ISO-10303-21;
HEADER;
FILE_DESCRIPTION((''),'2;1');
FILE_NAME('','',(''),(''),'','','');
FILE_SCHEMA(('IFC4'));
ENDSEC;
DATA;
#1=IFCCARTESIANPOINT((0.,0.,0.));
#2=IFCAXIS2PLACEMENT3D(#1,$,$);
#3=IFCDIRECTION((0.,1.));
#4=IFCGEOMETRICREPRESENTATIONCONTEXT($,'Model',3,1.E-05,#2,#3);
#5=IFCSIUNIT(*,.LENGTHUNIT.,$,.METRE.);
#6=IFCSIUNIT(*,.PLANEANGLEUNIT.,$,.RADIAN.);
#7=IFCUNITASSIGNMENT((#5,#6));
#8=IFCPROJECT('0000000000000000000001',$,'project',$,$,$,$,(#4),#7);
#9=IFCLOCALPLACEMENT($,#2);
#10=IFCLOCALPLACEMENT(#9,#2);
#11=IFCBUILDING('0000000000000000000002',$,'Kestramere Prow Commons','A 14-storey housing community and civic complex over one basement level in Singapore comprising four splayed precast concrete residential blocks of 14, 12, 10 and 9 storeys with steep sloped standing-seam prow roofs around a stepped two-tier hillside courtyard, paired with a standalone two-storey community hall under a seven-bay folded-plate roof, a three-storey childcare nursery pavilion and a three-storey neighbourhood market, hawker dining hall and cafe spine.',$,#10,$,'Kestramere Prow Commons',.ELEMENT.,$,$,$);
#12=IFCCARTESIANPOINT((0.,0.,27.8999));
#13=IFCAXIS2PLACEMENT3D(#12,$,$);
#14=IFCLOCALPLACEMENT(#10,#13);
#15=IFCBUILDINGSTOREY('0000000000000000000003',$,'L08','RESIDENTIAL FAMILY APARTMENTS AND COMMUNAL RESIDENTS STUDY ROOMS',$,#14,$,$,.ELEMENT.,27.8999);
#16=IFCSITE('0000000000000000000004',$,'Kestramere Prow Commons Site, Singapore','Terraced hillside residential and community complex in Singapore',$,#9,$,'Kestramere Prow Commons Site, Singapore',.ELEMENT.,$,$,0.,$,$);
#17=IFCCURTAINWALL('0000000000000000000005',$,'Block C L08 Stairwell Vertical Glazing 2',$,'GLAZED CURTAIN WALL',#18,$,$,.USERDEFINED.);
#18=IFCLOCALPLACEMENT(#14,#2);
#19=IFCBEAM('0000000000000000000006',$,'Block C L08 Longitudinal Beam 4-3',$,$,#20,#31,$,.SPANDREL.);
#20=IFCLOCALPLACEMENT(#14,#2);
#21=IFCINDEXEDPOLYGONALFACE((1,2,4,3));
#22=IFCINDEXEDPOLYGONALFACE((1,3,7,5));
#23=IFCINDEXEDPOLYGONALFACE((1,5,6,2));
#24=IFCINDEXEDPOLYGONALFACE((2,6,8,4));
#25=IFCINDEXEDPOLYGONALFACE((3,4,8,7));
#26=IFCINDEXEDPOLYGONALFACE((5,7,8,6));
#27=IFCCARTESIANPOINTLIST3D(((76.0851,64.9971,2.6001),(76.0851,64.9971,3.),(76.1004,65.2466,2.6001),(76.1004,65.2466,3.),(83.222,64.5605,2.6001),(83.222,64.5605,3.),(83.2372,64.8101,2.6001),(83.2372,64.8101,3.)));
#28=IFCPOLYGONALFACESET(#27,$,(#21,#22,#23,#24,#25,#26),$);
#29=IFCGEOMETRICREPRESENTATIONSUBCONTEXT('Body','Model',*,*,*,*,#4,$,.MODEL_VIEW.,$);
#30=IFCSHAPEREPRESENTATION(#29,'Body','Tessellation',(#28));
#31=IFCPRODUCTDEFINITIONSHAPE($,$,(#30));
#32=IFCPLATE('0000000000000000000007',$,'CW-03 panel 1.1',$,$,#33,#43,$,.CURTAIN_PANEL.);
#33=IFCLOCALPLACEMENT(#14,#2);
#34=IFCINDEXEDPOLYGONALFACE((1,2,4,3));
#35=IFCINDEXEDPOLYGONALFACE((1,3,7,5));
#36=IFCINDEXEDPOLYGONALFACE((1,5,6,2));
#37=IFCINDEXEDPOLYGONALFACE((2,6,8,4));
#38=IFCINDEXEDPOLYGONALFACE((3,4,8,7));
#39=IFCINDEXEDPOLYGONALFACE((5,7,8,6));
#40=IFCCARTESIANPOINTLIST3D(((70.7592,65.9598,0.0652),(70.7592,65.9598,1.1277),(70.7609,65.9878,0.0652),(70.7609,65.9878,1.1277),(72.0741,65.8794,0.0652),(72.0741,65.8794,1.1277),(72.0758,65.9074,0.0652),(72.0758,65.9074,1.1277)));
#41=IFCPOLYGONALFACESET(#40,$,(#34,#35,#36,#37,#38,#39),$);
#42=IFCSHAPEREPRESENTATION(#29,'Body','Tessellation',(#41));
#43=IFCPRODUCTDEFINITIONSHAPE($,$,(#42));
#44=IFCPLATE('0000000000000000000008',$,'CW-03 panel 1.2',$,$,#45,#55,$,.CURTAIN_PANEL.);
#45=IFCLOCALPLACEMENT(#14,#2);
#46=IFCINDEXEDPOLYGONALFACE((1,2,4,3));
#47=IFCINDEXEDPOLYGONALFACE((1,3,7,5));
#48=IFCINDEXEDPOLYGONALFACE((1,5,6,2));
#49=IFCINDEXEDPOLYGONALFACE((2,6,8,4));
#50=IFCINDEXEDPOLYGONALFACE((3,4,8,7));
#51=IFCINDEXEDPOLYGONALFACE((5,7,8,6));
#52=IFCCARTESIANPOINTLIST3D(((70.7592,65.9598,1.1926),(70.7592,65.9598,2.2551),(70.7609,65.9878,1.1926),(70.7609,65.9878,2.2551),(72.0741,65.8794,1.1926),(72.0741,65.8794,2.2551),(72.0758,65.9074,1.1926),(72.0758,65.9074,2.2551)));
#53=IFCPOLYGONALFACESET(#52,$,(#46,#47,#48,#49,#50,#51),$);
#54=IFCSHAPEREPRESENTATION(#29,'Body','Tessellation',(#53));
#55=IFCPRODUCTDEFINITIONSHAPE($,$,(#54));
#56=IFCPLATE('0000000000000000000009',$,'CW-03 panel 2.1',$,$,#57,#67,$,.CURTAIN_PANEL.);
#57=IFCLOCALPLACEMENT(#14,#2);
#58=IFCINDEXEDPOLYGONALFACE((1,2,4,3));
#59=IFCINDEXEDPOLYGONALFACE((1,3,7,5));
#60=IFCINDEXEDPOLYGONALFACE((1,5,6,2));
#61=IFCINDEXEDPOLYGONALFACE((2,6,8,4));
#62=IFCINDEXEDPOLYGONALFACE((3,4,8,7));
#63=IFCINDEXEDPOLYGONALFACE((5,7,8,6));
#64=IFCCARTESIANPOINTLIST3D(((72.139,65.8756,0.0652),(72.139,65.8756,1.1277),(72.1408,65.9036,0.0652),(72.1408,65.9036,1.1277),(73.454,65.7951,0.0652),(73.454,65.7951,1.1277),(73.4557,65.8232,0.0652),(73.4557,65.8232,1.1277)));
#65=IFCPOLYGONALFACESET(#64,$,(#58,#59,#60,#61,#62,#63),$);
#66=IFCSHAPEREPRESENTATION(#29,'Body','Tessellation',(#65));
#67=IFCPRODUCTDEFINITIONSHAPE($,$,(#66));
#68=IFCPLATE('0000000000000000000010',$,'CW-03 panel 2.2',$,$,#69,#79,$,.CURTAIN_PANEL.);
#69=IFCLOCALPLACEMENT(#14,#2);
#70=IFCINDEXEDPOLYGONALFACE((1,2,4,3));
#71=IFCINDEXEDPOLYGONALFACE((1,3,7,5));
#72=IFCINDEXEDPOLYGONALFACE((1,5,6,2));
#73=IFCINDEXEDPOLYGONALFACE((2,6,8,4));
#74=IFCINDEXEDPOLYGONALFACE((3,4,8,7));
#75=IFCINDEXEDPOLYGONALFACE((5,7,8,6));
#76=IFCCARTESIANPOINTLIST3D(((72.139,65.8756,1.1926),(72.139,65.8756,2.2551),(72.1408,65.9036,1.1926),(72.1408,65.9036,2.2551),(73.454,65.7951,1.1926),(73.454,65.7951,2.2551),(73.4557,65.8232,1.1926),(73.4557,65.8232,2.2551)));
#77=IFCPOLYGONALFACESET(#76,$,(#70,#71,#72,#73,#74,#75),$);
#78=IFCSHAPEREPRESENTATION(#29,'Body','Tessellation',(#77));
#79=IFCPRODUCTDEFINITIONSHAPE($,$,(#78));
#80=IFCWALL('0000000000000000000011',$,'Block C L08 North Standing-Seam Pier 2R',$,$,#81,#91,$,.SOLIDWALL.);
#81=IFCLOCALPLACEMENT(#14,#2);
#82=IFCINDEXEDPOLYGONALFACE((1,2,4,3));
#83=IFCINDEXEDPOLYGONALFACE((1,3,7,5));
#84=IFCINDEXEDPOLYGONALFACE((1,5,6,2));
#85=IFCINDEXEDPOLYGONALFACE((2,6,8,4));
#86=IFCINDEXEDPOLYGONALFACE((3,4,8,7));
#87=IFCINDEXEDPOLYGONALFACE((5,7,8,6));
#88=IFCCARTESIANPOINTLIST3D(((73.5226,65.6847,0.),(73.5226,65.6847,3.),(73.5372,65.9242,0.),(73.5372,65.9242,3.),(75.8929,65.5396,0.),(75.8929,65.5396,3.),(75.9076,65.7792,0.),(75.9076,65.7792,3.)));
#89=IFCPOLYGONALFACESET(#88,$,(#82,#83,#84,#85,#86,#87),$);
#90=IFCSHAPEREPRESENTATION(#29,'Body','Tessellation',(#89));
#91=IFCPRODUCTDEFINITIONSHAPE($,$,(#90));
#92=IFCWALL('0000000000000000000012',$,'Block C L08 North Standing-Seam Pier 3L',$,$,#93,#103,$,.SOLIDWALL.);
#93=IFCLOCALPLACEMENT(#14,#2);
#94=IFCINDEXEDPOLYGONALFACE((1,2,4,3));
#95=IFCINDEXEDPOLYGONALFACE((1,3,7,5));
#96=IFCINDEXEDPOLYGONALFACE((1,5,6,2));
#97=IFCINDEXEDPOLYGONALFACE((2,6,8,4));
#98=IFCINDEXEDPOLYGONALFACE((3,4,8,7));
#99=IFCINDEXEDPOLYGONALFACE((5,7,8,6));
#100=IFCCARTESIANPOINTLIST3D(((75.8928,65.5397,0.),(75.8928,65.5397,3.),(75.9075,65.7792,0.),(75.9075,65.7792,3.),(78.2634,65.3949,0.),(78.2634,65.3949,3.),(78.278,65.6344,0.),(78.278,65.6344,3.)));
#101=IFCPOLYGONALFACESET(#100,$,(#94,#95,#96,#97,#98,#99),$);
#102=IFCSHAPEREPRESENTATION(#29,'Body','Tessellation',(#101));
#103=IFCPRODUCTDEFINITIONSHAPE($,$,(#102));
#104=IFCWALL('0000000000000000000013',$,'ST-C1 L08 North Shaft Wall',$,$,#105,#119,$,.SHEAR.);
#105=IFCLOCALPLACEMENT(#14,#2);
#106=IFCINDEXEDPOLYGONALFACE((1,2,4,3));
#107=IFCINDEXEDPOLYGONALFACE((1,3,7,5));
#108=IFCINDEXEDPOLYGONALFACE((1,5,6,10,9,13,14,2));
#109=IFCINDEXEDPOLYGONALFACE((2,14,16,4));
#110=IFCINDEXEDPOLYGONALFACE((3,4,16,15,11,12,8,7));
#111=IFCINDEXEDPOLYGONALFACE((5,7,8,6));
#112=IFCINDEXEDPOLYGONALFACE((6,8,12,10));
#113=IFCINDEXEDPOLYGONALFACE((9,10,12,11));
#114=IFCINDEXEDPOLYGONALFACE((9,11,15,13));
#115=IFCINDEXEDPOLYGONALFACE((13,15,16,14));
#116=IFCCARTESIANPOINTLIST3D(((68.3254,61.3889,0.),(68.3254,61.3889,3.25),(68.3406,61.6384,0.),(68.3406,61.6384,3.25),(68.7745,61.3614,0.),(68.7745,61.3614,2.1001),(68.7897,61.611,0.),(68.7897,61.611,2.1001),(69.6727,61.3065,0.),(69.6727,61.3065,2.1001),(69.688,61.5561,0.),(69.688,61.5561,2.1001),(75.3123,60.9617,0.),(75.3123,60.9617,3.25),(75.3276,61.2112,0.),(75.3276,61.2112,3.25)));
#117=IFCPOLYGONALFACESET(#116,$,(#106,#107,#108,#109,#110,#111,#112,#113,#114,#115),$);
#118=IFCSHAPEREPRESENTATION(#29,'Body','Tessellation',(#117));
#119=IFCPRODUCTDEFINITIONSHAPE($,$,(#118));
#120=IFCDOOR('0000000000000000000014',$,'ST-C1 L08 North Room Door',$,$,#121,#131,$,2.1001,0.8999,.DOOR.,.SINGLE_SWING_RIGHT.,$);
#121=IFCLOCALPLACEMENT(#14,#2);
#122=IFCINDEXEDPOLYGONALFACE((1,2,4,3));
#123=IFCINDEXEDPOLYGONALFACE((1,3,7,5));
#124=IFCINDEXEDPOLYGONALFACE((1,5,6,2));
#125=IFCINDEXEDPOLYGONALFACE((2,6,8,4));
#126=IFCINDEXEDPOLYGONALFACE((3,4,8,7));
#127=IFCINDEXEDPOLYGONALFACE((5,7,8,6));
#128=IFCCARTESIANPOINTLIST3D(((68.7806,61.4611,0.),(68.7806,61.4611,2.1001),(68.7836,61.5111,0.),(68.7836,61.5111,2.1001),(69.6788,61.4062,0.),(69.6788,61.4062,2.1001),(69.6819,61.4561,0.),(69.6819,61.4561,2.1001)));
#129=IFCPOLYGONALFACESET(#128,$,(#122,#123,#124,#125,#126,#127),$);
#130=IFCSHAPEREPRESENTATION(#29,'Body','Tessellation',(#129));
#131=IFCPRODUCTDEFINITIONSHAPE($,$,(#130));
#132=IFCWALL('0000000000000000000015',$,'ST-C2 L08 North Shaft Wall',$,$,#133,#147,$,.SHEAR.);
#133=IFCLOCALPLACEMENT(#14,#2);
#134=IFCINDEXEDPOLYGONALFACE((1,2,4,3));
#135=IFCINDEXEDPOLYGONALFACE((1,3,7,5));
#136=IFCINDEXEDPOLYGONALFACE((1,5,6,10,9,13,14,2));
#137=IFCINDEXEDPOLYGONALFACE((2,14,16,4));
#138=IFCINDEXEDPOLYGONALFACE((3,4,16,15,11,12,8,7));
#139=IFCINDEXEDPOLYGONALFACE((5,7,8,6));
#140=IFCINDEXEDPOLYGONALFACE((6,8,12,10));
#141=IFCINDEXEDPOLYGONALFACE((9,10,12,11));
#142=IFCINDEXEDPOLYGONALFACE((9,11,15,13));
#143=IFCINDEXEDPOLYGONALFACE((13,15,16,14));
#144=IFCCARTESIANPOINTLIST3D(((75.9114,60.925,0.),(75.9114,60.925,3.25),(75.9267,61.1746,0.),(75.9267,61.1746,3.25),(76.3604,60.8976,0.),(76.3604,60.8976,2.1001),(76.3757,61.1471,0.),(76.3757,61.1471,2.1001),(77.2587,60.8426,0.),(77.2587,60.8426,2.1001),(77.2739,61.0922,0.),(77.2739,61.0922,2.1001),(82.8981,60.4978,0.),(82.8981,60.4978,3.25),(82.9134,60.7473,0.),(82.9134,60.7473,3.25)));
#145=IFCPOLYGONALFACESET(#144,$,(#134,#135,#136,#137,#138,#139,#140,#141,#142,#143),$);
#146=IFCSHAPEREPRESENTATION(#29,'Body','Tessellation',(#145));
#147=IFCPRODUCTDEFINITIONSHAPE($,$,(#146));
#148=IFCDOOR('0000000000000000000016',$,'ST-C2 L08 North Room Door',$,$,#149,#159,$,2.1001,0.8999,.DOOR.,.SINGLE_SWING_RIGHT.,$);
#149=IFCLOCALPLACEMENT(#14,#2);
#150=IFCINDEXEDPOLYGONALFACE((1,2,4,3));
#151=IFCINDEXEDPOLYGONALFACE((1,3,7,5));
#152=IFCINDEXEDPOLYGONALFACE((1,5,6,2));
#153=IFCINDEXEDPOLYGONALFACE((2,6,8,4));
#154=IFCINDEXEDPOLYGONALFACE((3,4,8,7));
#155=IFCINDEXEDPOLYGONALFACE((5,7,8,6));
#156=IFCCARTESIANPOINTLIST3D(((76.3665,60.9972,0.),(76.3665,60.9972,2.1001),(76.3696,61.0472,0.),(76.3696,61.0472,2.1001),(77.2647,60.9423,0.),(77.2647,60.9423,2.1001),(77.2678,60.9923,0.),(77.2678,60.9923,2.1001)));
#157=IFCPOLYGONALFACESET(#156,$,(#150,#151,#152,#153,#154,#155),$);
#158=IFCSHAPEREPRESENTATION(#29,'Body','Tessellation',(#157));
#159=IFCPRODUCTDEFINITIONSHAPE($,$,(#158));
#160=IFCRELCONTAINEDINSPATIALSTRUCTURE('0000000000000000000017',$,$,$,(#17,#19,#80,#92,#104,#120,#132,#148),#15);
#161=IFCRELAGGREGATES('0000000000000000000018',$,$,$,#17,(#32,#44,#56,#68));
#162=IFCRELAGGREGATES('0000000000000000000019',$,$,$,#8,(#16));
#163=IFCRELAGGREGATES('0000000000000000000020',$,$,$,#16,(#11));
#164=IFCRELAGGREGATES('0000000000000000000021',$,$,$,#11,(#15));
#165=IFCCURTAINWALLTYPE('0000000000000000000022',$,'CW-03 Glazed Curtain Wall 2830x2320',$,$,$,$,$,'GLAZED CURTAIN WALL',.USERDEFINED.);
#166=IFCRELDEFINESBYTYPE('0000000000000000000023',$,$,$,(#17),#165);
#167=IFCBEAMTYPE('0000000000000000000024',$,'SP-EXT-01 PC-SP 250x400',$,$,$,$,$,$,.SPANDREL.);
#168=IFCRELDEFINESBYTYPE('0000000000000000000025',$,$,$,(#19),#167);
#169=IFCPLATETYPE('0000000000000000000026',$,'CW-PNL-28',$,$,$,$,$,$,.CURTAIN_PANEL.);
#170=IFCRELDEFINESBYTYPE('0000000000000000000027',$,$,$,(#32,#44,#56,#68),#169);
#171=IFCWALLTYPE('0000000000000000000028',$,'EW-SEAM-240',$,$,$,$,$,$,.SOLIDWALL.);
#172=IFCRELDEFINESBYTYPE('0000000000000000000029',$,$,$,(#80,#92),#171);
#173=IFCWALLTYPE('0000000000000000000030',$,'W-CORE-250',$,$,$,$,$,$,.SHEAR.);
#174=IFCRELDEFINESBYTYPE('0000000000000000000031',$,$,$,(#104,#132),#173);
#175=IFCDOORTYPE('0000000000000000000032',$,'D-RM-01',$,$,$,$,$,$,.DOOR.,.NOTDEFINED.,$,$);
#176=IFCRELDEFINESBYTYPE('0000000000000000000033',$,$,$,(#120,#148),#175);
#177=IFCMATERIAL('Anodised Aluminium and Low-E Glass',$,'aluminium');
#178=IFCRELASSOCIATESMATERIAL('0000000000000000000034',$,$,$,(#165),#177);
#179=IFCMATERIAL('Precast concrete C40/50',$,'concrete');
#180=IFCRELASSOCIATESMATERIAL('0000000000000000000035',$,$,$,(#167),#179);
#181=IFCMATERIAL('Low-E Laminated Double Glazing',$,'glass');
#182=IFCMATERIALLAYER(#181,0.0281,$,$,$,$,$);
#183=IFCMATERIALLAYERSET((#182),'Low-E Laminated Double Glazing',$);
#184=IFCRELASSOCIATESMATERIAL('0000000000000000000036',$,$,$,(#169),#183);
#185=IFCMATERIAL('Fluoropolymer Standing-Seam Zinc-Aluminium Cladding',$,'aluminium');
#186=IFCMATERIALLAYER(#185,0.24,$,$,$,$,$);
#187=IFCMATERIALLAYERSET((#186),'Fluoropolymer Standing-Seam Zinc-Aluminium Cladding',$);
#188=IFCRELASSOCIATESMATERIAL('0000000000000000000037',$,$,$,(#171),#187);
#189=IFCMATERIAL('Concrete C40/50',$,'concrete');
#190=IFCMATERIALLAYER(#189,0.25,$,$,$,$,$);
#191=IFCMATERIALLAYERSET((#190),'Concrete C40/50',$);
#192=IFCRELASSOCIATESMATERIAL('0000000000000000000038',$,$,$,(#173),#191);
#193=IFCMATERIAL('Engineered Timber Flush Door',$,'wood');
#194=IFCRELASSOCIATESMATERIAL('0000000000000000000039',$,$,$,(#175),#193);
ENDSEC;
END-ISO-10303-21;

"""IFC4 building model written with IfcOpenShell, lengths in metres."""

from ifc_helpers import new_model, si_unit, direction, frame, frame_2d, origin, origin_2d, place, context, subcontext, project, spatial, rectangle, extrude, material, layer, layer_set, material_profile, profile_set, type_object, element, fill, aggregate, save


model = new_model("IFC4")

# Units and contexts
model_context = context("Model", 3, precision=1e-05, world=origin(), true_north=direction((0.0, 1.0)))
body_context = subcontext(model_context, "Body", "Model", "MODEL_VIEW")
ifc_project = project(units=[si_unit("LENGTHUNIT", "METRE"), si_unit("PLANEANGLEUNIT", "RADIAN")], contexts=[model_context])

# Site, building, storey
site_placement = place(None, origin())
site = spatial("IfcSite", under=ifc_project, at=site_placement, Name="Kestramere Prow Commons Site, Singapore", Description="Terraced hillside residential and community complex in Singapore", LongName="Kestramere Prow Commons Site, Singapore", CompositionType="ELEMENT", RefElevation=0.0)
building_placement = place(site_placement, origin())
building = spatial("IfcBuilding", under=site, at=building_placement, Name="Kestramere Prow Commons", Description="A 14-storey housing community and civic complex over one basement level in Singapore comprising four splayed precast concrete residential blocks of 14, 12, 10 and 9 storeys with steep sloped standing-seam prow roofs around a stepped two-tier hillside courtyard, paired with a standalone two-storey community hall under a seven-bay folded-plate roof, a three-storey childcare nursery pavilion and a three-storey neighbourhood market, hawker dining hall and cafe spine.", LongName="Kestramere Prow Commons", CompositionType="ELEMENT")
storey_placement = place(building_placement, frame((0.0, 0.0, 27.8999)))
storey = spatial("IfcBuildingStorey", under=building, at=storey_placement, Name="L08", Description="RESIDENTIAL FAMILY APARTMENTS AND COMMUNAL RESIDENTS STUDY ROOMS", CompositionType="ELEMENT", Elevation=27.8999)

# Shared definitions
ifc_material_1 = material(Name="Precast concrete C40/50", Category="concrete")

# Curtain wall
ifc_material_2 = material(Name="Anodised Aluminium and Low-E Glass", Category="aluminium")
curtain_wall_type = type_object("IfcCurtainWallType", Name="CW-03 Glazed Curtain Wall 2830x2320", ElementType="GLAZED CURTAIN WALL", PredefinedType="USERDEFINED", material=ifc_material_2)
curtain_wall_placement = place(storey_placement, origin())
curtain_wall = element("IfcCurtainWall", 1, at=curtain_wall_placement, inside=storey, type_object=curtain_wall_type, Name="Block C L08 Stairwell Vertical Glazing 2", ObjectType="GLAZED CURTAIN WALL", PredefinedType="USERDEFINED")

# Beam
ifc_material_profile_1 = material_profile(ifc_material_1, rectangle(XDim=0.25, YDim=0.3999, at=origin_2d()), Name="PC-SP 250x400")
ifc_profile_set_1 = profile_set([ifc_material_profile_1], Name="Precast concrete C40/50")
beam_type = type_object("IfcBeamType", Name="SP-EXT-01 PC-SP 250x400", PredefinedType="SPANDREL", material=ifc_profile_set_1)
for number, where, z_axis, x_axis, name in (
    (2, (76.0928, 65.1218, 2.8), (0.998135, -0.061052, 0.0), (0.061052, 0.998135, 0.0), "Block C L08 Longitudinal Beam 4-3"),
):
    element("IfcBeam", number, at=place(storey_placement, frame(where, z_axis=z_axis, x_axis=x_axis)), inside=storey, type_object=beam_type, Name=name, PredefinedType="SPANDREL", context=body_context, shape_type="SweptSolid", body=[
        extrude(rectangle(XDim=0.25, YDim=0.3999, at=origin_2d()), origin(), (0.0, 0.0, 1.0), 7.1501),
    ])

# Plates
ifc_material_3 = material(Name="Low-E Laminated Double Glazing", Category="glass")
ifc_layer_1 = layer(ifc_material_3, 0.0281)
ifc_layer_set_1 = layer_set([ifc_layer_1], Name="Low-E Laminated Double Glazing")
plate_type = type_object("IfcPlateType", Name="CW-PNL-28", PredefinedType="CURTAIN_PANEL", material=ifc_layer_set_1)
plate_1_placement = place(storey_placement, frame((71.4175, 65.9336, 0.0652), z_axis=(0.0, 0.0, 1.0), x_axis=(0.998135, -0.061048, 0.0)))
plate_1 = element("IfcPlate", 3, at=plate_1_placement, type_object=plate_type, Name="CW-03 panel 1.1", PredefinedType="CURTAIN_PANEL", context=body_context, shape_type="SweptSolid", body=[
    extrude(rectangle(XDim=1.3174, YDim=0.0281, at=origin_2d()), origin(), (0.0, 0.0, 1.0), 1.0625),
])
plate_2_placement = place(storey_placement, frame((71.4175, 65.9336, 1.1926), z_axis=(0.0, 0.0, 1.0), x_axis=(0.998135, -0.061048, 0.0)))
plate_2 = element("IfcPlate", 4, at=plate_2_placement, type_object=plate_type, Name="CW-03 panel 1.2", PredefinedType="CURTAIN_PANEL", context=body_context, shape_type="SweptSolid", body=[
    extrude(rectangle(XDim=1.3174, YDim=0.0281, at=origin_2d()), origin(), (0.0, 0.0, 1.0), 1.0625),
])
plate_3_placement = place(storey_placement, frame((72.7974, 65.8494, 0.0652), z_axis=(0.0, 0.0, 1.0), x_axis=(0.998135, -0.061048, 0.0)))
plate_3 = element("IfcPlate", 5, at=plate_3_placement, type_object=plate_type, Name="CW-03 panel 2.1", PredefinedType="CURTAIN_PANEL", context=body_context, shape_type="SweptSolid", body=[
    extrude(rectangle(XDim=1.3174, YDim=0.0281, at=origin_2d()), origin(), (0.0, 0.0, 1.0), 1.0625),
])
plate_4_placement = place(storey_placement, frame((72.7974, 65.8494, 1.1926), z_axis=(0.0, 0.0, 1.0), x_axis=(0.998135, -0.061048, 0.0)))
plate_4 = element("IfcPlate", 6, at=plate_4_placement, type_object=plate_type, Name="CW-03 panel 2.2", PredefinedType="CURTAIN_PANEL", context=body_context, shape_type="SweptSolid", body=[
    extrude(rectangle(XDim=1.3174, YDim=0.0281, at=origin_2d()), origin(), (0.0, 0.0, 1.0), 1.0625),
])
aggregate(curtain_wall, [plate_1, plate_2, plate_3, plate_4])

# Walls
ifc_material_4 = material(Name="Fluoropolymer Standing-Seam Zinc-Aluminium Cladding", Category="aluminium")
ifc_layer_2 = layer(ifc_material_4, 0.24)
ifc_layer_set_2 = layer_set([ifc_layer_2], Name="Fluoropolymer Standing-Seam Zinc-Aluminium Cladding")
wall_type_1 = type_object("IfcWallType", Name="EW-SEAM-240", PredefinedType="SOLIDWALL", material=ifc_layer_set_2)
wall_1_placement = place(storey_placement, frame((73.5298, 65.8044, 0.0), z_axis=(0.0, 0.0, 1.0), x_axis=(0.998134, -0.061066, 0.0)))
element("IfcWall", 7, at=wall_1_placement, inside=storey, type_object=wall_type_1, Name="Block C L08 North Standing-Seam Pier 2R", PredefinedType="SOLIDWALL", context=body_context, shape_type="SweptSolid", body=[
    extrude(rectangle(XDim=2.3748, YDim=0.24, at=frame_2d((1.1875, 0.0))), origin(), (0.0, 0.0, 1.0), 3.0),
])
wall_2_placement = place(storey_placement, frame((75.9001, 65.6594, 0.0), z_axis=(0.0, 0.0, 1.0), x_axis=(0.99814, -0.060957, 0.0)))
element("IfcWall", 8, at=wall_2_placement, inside=storey, type_object=wall_type_1, Name="Block C L08 North Standing-Seam Pier 3L", PredefinedType="SOLIDWALL", context=body_context, shape_type="SweptSolid", body=[
    extrude(rectangle(XDim=2.375, YDim=0.24, at=frame_2d((1.1875, 0.0))), origin(), (0.0, 0.0, 1.0), 3.0),
])

# Walls, openings, doors
ifc_material_5 = material(Name="Concrete C40/50", Category="concrete")
ifc_layer_3 = layer(ifc_material_5, 0.25)
ifc_layer_set_3 = layer_set([ifc_layer_3], Name="Concrete C40/50")
wall_type_2 = type_object("IfcWallType", Name="W-CORE-250", PredefinedType="SHEAR", material=ifc_layer_set_3)
wall_3_placement = place(storey_placement, frame((68.333, 61.5137, 0.0), z_axis=(0.0, 0.0, 1.0), x_axis=(0.998136, -0.061034, 0.0)))
wall_3 = element("IfcWall", 9, at=wall_3_placement, inside=storey, type_object=wall_type_2, Name="ST-C1 L08 North Shaft Wall", PredefinedType="SHEAR", context=body_context, shape_type="SweptSolid", body=[
    extrude(rectangle(XDim=7.0, YDim=0.25, at=frame_2d((3.5, 0.0))), origin(), (0.0, 0.0, 1.0), 3.25),
])
opening_1_placement = place(wall_3_placement, frame((0.45, 0.0, 0.0)))
opening_1 = element("IfcOpeningElement", 10, at=opening_1_placement, cuts=wall_3, PredefinedType="OPENING", context=body_context, shape_type="SweptSolid", body=[
    extrude(rectangle(XDim=0.8999, YDim=2.1001, at=frame_2d((0.45, 1.05))), frame((0.0, 0.1399, 0.0), z_axis=(0.0, -1.0, 0.0), x_axis=(1.0, 0.0, 0.0)), (0.0, 0.0, 1.0), 0.28),
])
ifc_material_6 = material(Name="Engineered Timber Flush Door", Category="wood")
door_type = type_object("IfcDoorType", Name="D-RM-01", OperationType="NOTDEFINED", PredefinedType="DOOR", material=ifc_material_6)
door_1_placement = place(opening_1_placement, origin())
door_1 = element("IfcDoor", 11, at=door_1_placement, inside=storey, type_object=door_type, Name="ST-C1 L08 North Room Door", OperationType="SINGLE_SWING_RIGHT", OverallHeight=2.1001, OverallWidth=0.8999, PredefinedType="DOOR", context=body_context, shape_type="SweptSolid", body=[
    extrude(rectangle(XDim=0.8999, YDim=2.1001, at=frame_2d((0.45, 1.05))), frame((0.0, 0.0249, 0.0), z_axis=(0.0, -1.0, 0.0), x_axis=(1.0, 0.0, 0.0)), (0.0, 0.0, 1.0), 0.05),
])
fill(opening_1, door_1)
wall_4_placement = place(storey_placement, frame((75.9189, 61.0498, 0.0), z_axis=(0.0, 0.0, 1.0), x_axis=(0.998136, -0.061036, 0.0)))
wall_4 = element("IfcWall", 12, at=wall_4_placement, inside=storey, type_object=wall_type_2, Name="ST-C2 L08 North Shaft Wall", PredefinedType="SHEAR", context=body_context, shape_type="SweptSolid", body=[
    extrude(rectangle(XDim=6.9998, YDim=0.25, at=frame_2d((3.5, 0.0))), origin(), (0.0, 0.0, 1.0), 3.25),
])
opening_2_placement = place(wall_4_placement, frame((0.45, 0.0, 0.0)))
opening_2 = element("IfcOpeningElement", 13, at=opening_2_placement, cuts=wall_4, PredefinedType="OPENING", context=body_context, shape_type="SweptSolid", body=[
    extrude(rectangle(XDim=0.8999, YDim=2.1001, at=frame_2d((0.45, 1.05))), frame((0.0, 0.1399, 0.0), z_axis=(0.0, -1.0, 0.0), x_axis=(1.0, 0.0, 0.0)), (0.0, 0.0, 1.0), 0.28),
])
door_2_placement = place(opening_2_placement, origin())
door_2 = element("IfcDoor", 14, at=door_2_placement, inside=storey, type_object=door_type, Name="ST-C2 L08 North Room Door", OperationType="SINGLE_SWING_RIGHT", OverallHeight=2.1001, OverallWidth=0.8999, PredefinedType="DOOR", context=body_context, shape_type="SweptSolid", body=[
    extrude(rectangle(XDim=0.8999, YDim=2.1001, at=frame_2d((0.45, 1.05))), frame((0.0, 0.0249, 0.0), z_axis=(0.0, -1.0, 0.0), x_axis=(1.0, 0.0, 0.0)), (0.0, 0.0, 1.0), 0.05),
])
fill(opening_2, door_2)

save(model, "model.ifc")
